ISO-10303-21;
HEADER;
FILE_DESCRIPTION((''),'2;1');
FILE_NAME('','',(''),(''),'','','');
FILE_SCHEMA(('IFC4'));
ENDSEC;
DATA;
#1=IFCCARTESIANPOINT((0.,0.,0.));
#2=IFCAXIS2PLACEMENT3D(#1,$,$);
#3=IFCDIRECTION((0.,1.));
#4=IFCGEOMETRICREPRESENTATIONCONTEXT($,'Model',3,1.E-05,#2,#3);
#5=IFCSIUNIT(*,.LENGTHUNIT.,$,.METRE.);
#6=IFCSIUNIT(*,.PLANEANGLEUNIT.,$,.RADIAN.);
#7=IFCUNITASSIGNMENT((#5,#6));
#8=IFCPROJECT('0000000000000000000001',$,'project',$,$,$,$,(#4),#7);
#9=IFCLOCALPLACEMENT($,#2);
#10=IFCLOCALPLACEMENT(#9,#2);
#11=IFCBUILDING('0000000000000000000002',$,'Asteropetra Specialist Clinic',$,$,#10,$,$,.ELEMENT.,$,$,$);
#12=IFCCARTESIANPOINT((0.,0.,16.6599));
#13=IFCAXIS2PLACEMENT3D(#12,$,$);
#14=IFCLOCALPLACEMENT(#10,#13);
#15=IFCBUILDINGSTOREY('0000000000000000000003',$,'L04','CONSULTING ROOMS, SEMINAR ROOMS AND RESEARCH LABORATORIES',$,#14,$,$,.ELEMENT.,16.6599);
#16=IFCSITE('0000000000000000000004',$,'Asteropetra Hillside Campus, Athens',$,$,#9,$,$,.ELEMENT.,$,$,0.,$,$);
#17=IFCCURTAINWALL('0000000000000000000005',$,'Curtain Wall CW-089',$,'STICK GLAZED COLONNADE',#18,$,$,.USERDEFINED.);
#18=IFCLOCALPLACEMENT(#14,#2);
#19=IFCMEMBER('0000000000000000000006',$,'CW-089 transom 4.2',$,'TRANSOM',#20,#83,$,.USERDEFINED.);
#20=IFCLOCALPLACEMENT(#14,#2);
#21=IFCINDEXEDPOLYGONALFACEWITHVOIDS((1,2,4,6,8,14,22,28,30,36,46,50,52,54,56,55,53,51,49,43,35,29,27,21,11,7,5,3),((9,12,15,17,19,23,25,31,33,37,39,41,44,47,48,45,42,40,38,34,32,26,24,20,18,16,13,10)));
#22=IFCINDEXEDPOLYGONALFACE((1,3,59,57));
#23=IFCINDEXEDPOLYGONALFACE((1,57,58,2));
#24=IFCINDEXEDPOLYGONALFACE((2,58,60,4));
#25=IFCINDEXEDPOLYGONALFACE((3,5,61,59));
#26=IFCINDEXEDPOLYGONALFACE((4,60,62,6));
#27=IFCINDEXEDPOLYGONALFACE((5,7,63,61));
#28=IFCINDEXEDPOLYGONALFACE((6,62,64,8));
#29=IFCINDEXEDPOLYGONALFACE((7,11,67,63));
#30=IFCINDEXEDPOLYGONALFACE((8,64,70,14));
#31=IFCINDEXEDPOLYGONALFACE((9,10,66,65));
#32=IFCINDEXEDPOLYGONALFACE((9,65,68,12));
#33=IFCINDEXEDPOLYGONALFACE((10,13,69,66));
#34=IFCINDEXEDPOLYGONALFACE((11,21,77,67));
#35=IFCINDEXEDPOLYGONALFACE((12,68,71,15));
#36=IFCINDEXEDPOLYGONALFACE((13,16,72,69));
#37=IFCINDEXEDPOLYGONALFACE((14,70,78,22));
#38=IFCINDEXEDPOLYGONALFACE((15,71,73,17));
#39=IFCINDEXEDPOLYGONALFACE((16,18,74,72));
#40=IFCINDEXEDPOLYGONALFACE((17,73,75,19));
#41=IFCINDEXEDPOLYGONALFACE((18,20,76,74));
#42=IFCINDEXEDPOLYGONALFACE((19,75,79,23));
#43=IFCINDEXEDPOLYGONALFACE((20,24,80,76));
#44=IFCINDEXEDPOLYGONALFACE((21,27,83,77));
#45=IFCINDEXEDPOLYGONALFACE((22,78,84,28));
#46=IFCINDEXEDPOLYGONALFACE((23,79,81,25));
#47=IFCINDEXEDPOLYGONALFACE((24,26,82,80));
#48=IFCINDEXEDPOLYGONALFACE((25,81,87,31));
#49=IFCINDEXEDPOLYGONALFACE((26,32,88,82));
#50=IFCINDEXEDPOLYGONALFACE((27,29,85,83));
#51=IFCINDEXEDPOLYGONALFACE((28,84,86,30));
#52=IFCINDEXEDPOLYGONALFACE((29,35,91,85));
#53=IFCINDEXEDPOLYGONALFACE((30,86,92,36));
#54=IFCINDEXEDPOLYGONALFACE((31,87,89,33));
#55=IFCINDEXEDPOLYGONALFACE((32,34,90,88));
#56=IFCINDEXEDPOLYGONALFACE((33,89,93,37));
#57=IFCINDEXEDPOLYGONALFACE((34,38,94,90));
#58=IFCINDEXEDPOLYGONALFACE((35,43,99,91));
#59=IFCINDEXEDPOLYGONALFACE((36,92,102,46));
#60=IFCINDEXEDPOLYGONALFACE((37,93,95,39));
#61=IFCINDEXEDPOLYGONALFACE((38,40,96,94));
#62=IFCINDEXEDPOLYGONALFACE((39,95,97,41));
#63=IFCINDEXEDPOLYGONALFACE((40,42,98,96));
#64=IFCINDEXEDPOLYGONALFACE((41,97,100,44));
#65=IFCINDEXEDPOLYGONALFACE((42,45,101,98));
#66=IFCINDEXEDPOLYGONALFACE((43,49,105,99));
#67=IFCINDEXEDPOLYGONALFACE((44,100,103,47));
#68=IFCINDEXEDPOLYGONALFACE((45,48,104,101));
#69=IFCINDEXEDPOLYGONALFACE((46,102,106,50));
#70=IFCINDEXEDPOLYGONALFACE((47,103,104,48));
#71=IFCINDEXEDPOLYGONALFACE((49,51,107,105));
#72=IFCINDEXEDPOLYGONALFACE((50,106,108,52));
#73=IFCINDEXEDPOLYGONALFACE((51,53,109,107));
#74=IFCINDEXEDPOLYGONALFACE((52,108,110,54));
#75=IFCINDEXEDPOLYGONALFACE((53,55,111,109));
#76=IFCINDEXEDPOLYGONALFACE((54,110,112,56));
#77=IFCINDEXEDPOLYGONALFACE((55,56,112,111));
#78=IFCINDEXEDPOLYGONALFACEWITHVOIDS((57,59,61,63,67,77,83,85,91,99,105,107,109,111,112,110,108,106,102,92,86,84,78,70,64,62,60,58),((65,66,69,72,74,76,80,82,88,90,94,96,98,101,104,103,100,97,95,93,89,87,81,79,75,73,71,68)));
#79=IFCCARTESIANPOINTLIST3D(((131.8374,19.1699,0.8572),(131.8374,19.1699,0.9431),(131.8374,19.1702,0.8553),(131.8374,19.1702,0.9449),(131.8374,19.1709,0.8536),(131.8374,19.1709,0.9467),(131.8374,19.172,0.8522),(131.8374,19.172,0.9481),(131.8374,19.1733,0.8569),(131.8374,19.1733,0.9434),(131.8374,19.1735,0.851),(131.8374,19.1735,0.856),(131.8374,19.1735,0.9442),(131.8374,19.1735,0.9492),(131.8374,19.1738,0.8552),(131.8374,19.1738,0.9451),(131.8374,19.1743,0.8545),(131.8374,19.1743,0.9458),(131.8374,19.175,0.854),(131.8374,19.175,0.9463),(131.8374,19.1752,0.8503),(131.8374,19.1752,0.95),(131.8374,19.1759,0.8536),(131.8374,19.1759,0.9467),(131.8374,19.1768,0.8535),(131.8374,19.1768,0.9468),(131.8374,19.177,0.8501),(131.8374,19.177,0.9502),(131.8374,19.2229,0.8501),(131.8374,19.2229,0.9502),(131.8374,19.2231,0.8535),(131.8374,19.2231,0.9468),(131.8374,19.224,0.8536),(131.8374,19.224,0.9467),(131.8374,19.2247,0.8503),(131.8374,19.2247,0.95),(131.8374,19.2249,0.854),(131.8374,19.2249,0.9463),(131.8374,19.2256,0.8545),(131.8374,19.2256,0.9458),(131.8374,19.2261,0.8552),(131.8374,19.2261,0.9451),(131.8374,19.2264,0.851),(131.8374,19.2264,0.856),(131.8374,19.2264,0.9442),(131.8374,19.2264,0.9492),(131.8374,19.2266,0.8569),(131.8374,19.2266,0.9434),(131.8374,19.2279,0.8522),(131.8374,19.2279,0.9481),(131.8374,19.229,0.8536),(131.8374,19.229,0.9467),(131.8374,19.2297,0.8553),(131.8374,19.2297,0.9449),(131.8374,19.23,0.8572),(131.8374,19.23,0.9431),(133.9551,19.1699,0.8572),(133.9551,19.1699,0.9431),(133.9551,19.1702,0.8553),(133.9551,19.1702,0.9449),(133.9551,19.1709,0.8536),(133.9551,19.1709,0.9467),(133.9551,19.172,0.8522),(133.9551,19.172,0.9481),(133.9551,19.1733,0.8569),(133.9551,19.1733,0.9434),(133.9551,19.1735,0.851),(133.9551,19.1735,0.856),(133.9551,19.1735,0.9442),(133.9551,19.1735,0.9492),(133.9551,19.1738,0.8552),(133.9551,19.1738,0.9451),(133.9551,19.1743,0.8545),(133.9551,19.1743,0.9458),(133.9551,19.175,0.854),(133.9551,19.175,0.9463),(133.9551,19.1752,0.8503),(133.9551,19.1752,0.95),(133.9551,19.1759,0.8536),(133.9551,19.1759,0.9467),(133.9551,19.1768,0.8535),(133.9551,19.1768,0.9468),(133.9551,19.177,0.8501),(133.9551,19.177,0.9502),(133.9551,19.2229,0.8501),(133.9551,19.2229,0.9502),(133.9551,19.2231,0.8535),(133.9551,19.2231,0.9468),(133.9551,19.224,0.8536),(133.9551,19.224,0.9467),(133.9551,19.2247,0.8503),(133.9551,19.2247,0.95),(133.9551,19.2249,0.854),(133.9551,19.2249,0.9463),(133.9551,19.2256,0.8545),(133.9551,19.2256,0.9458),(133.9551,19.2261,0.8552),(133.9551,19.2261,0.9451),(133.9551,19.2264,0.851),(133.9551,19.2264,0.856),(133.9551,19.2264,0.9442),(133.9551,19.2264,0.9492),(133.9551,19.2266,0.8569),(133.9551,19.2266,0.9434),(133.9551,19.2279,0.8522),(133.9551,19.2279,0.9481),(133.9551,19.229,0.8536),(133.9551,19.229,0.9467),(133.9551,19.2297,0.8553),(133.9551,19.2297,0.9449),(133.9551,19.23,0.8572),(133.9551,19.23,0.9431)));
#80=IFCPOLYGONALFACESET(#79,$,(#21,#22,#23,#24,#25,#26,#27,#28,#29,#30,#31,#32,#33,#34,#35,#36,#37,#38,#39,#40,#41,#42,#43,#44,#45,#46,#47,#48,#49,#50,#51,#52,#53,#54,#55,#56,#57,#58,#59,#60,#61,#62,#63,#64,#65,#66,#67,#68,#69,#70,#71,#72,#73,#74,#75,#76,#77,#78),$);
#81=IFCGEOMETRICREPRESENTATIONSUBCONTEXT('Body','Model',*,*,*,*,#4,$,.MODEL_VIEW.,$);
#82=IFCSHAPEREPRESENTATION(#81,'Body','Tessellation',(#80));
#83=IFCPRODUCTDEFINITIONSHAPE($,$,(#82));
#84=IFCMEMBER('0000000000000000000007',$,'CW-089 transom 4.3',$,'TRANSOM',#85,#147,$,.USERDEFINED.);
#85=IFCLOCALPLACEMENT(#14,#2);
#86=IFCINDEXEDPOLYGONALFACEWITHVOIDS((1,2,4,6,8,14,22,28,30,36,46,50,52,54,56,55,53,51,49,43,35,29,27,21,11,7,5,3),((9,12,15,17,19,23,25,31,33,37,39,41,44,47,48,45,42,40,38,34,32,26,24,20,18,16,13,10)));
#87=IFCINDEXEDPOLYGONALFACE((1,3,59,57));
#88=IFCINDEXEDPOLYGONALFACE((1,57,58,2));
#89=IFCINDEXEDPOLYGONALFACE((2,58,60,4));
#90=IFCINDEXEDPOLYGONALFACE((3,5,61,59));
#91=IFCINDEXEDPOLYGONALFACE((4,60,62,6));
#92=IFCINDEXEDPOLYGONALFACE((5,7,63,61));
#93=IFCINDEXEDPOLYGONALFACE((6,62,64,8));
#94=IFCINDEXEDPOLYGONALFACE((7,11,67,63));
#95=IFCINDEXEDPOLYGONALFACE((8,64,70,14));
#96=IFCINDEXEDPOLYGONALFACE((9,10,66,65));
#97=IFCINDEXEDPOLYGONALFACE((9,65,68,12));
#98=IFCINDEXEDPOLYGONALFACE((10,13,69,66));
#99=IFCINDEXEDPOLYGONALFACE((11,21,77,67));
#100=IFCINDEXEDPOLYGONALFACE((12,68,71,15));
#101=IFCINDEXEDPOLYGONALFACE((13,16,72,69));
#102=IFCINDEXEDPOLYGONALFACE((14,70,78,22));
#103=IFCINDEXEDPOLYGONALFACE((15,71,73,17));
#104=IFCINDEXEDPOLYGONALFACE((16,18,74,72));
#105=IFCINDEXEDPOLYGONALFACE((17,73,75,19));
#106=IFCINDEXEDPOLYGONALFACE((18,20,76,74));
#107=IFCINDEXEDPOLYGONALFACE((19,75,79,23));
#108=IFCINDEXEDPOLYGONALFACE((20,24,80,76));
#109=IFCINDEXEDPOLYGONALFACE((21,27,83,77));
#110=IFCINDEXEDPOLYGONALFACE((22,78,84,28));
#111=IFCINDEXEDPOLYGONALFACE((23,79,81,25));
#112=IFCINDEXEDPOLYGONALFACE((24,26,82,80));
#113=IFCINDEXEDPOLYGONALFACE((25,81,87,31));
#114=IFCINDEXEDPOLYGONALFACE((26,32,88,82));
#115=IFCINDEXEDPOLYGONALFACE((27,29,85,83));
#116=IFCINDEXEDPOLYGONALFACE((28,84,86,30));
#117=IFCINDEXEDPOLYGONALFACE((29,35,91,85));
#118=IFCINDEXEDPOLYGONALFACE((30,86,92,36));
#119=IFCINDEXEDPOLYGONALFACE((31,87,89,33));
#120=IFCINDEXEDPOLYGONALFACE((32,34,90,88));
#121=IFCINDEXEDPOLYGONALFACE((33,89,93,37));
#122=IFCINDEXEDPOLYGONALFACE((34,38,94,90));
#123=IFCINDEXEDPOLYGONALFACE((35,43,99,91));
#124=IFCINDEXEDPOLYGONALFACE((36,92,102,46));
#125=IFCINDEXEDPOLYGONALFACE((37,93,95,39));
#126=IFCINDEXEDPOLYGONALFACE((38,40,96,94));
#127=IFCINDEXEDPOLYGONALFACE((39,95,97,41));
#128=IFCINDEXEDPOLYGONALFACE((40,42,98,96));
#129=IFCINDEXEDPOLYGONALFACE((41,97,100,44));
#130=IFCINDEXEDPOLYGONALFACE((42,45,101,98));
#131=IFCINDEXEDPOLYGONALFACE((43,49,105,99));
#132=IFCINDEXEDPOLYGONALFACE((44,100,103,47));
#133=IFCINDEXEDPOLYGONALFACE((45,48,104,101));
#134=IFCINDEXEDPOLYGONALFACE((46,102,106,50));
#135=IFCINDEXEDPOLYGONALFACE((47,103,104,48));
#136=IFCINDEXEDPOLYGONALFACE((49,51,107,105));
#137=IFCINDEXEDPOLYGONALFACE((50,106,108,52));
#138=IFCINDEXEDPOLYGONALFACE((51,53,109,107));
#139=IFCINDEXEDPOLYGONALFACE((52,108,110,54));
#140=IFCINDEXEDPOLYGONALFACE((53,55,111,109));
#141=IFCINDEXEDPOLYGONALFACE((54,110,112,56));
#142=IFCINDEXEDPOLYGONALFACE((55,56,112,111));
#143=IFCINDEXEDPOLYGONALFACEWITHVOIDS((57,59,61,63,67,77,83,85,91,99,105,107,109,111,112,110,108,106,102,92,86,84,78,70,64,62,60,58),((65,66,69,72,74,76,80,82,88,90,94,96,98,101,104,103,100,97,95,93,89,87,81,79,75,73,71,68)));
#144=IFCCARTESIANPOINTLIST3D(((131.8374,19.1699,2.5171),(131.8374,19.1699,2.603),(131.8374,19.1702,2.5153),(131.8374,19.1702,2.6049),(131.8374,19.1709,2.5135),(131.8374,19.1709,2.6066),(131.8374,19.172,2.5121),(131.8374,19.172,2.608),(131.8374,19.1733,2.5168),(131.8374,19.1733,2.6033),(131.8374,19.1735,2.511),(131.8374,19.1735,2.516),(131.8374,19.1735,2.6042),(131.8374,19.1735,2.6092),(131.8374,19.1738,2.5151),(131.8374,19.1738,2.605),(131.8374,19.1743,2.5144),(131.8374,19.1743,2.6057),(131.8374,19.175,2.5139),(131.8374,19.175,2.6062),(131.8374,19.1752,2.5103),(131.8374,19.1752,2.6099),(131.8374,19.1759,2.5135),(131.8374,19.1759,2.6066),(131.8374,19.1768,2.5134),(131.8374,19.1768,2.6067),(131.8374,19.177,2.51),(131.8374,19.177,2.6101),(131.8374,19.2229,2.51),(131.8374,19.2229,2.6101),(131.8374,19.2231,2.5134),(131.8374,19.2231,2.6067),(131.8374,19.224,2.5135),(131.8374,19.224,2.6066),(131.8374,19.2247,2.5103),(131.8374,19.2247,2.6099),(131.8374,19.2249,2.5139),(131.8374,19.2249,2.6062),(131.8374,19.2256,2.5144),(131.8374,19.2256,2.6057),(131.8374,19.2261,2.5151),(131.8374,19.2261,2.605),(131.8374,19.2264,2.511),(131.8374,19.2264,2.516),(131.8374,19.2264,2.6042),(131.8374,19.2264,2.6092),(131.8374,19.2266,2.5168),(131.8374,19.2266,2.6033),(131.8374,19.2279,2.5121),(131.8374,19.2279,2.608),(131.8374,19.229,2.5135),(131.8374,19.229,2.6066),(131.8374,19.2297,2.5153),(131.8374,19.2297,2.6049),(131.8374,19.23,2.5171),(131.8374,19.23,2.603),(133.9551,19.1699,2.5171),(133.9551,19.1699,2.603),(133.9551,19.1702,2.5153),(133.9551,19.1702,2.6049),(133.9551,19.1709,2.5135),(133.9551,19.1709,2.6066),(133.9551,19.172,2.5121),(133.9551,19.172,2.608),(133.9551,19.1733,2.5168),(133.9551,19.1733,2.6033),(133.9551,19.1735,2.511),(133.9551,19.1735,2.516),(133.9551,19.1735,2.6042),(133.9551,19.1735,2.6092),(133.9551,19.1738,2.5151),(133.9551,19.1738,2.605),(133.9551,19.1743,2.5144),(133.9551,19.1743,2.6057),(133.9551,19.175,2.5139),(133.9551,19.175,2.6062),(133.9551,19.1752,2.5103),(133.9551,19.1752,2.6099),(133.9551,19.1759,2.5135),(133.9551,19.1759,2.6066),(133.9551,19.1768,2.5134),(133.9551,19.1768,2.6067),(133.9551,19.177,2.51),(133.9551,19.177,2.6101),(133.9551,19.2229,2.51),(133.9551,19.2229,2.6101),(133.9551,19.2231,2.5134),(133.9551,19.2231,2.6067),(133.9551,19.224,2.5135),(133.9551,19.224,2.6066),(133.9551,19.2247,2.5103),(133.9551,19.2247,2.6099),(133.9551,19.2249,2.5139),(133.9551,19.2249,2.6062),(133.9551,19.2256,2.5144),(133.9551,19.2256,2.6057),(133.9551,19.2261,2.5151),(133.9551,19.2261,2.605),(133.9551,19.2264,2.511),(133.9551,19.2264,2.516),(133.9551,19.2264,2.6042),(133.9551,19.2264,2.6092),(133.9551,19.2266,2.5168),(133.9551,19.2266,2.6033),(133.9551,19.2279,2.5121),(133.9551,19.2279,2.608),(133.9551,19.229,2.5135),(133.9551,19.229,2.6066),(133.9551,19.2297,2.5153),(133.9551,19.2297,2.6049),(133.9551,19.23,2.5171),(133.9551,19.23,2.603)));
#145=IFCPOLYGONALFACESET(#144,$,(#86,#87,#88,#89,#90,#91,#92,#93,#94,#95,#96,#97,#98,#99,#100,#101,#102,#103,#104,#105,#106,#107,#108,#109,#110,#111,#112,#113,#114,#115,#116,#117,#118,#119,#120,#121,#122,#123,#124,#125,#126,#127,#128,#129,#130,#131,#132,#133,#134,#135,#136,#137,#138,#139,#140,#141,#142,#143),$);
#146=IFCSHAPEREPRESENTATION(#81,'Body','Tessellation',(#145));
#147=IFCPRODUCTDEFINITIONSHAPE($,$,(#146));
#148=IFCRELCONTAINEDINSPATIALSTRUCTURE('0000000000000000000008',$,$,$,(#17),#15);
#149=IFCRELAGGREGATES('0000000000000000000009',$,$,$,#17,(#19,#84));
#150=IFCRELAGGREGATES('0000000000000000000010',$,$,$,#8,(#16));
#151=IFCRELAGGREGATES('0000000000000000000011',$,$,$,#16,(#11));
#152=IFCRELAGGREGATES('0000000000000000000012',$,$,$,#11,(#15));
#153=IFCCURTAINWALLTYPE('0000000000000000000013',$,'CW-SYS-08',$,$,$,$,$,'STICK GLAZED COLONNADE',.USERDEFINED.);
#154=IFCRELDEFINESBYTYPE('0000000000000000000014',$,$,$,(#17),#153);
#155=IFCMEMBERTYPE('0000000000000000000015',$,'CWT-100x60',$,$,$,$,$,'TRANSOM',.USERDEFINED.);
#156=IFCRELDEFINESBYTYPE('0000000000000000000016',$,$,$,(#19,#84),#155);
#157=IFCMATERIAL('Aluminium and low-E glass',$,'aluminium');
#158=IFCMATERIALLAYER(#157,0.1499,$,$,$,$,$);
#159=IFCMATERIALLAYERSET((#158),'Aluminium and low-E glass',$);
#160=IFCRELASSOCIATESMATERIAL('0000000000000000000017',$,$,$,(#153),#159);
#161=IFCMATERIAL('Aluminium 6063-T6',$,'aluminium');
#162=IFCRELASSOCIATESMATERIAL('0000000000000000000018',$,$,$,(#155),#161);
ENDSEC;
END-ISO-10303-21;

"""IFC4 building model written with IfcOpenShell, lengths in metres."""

from ifc_helpers import new_model, si_unit, direction, frame, origin, origin_2d, place, context, subcontext, project, spatial, hollow_rectangle, extrude, material, layer, layer_set, material_profile, profile_set, type_object, element, aggregate, save


model = new_model("IFC4")

# Units and contexts
model_context = context("Model", 3, precision=1e-05, world=origin(), true_north=direction((0.0, 1.0)))
body_context = subcontext(model_context, "Body", "Model", "MODEL_VIEW")
ifc_project = project(units=[si_unit("LENGTHUNIT", "METRE"), si_unit("PLANEANGLEUNIT", "RADIAN")], contexts=[model_context])

# Site, building, storey
site_placement = place(None, origin())
site = spatial("IfcSite", under=ifc_project, at=site_placement, Name="Asteropetra Hillside Campus, Athens", CompositionType="ELEMENT", RefElevation=0.0)
building_placement = place(site_placement, origin())
building = spatial("IfcBuilding", under=site, at=building_placement, Name="Asteropetra Specialist Clinic", CompositionType="ELEMENT")
storey_placement = place(building_placement, frame((0.0, 0.0, 16.6599)))
storey = spatial("IfcBuildingStorey", under=building, at=storey_placement, Name="L04", Description="CONSULTING ROOMS, SEMINAR ROOMS AND RESEARCH LABORATORIES", CompositionType="ELEMENT", Elevation=16.6599)

# Curtain wall, members
ifc_material_1 = material(Name="Aluminium and low-E glass", Category="aluminium")
ifc_layer_1 = layer(ifc_material_1, 0.1499)
ifc_layer_set_1 = layer_set([ifc_layer_1], Name="Aluminium and low-E glass")
curtain_wall_type = type_object("IfcCurtainWallType", Name="CW-SYS-08", ElementType="STICK GLAZED COLONNADE", PredefinedType="USERDEFINED", material=ifc_layer_set_1)
curtain_wall_placement = place(storey_placement, origin())
curtain_wall = element("IfcCurtainWall", 1, at=curtain_wall_placement, inside=storey, type_object=curtain_wall_type, Name="Curtain Wall CW-089", ObjectType="STICK GLAZED COLONNADE", PredefinedType="USERDEFINED")
ifc_material_2 = material(Name="Aluminium 6063-T6", Category="aluminium")
ifc_material_profile_1 = material_profile(ifc_material_2, hollow_rectangle(XDim=0.0601, YDim=0.1001, WallThickness=0.0034, InnerFilletRadius=0.0034, OuterFilletRadius=0.0071, at=origin_2d()), Name="TRN 100x60x3.5")
ifc_profile_set_1 = profile_set([ifc_material_profile_1], Name="Aluminium 6063-T6")
member_type_1 = type_object("IfcMemberType", Name="CWT-100x60", ElementType="TRANSOM", PredefinedType="USERDEFINED", material=ifc_profile_set_1)
member_1_placement = place(storey_placement, frame((131.8374, 19.2, 0.9001), z_axis=(1.0, 0.0, 0.0), x_axis=(0.0, 1.0, 0.0)))
member_1 = element("IfcMember", 2, at=member_1_placement, type_object=member_type_1, Name="CW-089 transom 4.2", ObjectType="TRANSOM", PredefinedType="USERDEFINED", context=body_context, shape_type="SweptSolid", body=[
    extrude(hollow_rectangle(XDim=0.0601, YDim=0.1001, WallThickness=0.0034, InnerFilletRadius=0.0034, OuterFilletRadius=0.0071, at=origin_2d()), origin(), (0.0, 0.0, 1.0), 2.1177),
])
member_2_placement = place(storey_placement, frame((131.8374, 19.2, 2.5601), z_axis=(1.0, 0.0, 0.0), x_axis=(0.0, 1.0, 0.0)))
member_2 = element("IfcMember", 3, at=member_2_placement, type_object=member_type_1, Name="CW-089 transom 4.3", ObjectType="TRANSOM", PredefinedType="USERDEFINED", context=body_context, shape_type="SweptSolid", body=[
    extrude(hollow_rectangle(XDim=0.0601, YDim=0.1001, WallThickness=0.0034, InnerFilletRadius=0.0034, OuterFilletRadius=0.0071, at=origin_2d()), origin(), (0.0, 0.0, 1.0), 2.1177),
])
aggregate(curtain_wall, [member_1, member_2])

save(model, "model.ifc")
